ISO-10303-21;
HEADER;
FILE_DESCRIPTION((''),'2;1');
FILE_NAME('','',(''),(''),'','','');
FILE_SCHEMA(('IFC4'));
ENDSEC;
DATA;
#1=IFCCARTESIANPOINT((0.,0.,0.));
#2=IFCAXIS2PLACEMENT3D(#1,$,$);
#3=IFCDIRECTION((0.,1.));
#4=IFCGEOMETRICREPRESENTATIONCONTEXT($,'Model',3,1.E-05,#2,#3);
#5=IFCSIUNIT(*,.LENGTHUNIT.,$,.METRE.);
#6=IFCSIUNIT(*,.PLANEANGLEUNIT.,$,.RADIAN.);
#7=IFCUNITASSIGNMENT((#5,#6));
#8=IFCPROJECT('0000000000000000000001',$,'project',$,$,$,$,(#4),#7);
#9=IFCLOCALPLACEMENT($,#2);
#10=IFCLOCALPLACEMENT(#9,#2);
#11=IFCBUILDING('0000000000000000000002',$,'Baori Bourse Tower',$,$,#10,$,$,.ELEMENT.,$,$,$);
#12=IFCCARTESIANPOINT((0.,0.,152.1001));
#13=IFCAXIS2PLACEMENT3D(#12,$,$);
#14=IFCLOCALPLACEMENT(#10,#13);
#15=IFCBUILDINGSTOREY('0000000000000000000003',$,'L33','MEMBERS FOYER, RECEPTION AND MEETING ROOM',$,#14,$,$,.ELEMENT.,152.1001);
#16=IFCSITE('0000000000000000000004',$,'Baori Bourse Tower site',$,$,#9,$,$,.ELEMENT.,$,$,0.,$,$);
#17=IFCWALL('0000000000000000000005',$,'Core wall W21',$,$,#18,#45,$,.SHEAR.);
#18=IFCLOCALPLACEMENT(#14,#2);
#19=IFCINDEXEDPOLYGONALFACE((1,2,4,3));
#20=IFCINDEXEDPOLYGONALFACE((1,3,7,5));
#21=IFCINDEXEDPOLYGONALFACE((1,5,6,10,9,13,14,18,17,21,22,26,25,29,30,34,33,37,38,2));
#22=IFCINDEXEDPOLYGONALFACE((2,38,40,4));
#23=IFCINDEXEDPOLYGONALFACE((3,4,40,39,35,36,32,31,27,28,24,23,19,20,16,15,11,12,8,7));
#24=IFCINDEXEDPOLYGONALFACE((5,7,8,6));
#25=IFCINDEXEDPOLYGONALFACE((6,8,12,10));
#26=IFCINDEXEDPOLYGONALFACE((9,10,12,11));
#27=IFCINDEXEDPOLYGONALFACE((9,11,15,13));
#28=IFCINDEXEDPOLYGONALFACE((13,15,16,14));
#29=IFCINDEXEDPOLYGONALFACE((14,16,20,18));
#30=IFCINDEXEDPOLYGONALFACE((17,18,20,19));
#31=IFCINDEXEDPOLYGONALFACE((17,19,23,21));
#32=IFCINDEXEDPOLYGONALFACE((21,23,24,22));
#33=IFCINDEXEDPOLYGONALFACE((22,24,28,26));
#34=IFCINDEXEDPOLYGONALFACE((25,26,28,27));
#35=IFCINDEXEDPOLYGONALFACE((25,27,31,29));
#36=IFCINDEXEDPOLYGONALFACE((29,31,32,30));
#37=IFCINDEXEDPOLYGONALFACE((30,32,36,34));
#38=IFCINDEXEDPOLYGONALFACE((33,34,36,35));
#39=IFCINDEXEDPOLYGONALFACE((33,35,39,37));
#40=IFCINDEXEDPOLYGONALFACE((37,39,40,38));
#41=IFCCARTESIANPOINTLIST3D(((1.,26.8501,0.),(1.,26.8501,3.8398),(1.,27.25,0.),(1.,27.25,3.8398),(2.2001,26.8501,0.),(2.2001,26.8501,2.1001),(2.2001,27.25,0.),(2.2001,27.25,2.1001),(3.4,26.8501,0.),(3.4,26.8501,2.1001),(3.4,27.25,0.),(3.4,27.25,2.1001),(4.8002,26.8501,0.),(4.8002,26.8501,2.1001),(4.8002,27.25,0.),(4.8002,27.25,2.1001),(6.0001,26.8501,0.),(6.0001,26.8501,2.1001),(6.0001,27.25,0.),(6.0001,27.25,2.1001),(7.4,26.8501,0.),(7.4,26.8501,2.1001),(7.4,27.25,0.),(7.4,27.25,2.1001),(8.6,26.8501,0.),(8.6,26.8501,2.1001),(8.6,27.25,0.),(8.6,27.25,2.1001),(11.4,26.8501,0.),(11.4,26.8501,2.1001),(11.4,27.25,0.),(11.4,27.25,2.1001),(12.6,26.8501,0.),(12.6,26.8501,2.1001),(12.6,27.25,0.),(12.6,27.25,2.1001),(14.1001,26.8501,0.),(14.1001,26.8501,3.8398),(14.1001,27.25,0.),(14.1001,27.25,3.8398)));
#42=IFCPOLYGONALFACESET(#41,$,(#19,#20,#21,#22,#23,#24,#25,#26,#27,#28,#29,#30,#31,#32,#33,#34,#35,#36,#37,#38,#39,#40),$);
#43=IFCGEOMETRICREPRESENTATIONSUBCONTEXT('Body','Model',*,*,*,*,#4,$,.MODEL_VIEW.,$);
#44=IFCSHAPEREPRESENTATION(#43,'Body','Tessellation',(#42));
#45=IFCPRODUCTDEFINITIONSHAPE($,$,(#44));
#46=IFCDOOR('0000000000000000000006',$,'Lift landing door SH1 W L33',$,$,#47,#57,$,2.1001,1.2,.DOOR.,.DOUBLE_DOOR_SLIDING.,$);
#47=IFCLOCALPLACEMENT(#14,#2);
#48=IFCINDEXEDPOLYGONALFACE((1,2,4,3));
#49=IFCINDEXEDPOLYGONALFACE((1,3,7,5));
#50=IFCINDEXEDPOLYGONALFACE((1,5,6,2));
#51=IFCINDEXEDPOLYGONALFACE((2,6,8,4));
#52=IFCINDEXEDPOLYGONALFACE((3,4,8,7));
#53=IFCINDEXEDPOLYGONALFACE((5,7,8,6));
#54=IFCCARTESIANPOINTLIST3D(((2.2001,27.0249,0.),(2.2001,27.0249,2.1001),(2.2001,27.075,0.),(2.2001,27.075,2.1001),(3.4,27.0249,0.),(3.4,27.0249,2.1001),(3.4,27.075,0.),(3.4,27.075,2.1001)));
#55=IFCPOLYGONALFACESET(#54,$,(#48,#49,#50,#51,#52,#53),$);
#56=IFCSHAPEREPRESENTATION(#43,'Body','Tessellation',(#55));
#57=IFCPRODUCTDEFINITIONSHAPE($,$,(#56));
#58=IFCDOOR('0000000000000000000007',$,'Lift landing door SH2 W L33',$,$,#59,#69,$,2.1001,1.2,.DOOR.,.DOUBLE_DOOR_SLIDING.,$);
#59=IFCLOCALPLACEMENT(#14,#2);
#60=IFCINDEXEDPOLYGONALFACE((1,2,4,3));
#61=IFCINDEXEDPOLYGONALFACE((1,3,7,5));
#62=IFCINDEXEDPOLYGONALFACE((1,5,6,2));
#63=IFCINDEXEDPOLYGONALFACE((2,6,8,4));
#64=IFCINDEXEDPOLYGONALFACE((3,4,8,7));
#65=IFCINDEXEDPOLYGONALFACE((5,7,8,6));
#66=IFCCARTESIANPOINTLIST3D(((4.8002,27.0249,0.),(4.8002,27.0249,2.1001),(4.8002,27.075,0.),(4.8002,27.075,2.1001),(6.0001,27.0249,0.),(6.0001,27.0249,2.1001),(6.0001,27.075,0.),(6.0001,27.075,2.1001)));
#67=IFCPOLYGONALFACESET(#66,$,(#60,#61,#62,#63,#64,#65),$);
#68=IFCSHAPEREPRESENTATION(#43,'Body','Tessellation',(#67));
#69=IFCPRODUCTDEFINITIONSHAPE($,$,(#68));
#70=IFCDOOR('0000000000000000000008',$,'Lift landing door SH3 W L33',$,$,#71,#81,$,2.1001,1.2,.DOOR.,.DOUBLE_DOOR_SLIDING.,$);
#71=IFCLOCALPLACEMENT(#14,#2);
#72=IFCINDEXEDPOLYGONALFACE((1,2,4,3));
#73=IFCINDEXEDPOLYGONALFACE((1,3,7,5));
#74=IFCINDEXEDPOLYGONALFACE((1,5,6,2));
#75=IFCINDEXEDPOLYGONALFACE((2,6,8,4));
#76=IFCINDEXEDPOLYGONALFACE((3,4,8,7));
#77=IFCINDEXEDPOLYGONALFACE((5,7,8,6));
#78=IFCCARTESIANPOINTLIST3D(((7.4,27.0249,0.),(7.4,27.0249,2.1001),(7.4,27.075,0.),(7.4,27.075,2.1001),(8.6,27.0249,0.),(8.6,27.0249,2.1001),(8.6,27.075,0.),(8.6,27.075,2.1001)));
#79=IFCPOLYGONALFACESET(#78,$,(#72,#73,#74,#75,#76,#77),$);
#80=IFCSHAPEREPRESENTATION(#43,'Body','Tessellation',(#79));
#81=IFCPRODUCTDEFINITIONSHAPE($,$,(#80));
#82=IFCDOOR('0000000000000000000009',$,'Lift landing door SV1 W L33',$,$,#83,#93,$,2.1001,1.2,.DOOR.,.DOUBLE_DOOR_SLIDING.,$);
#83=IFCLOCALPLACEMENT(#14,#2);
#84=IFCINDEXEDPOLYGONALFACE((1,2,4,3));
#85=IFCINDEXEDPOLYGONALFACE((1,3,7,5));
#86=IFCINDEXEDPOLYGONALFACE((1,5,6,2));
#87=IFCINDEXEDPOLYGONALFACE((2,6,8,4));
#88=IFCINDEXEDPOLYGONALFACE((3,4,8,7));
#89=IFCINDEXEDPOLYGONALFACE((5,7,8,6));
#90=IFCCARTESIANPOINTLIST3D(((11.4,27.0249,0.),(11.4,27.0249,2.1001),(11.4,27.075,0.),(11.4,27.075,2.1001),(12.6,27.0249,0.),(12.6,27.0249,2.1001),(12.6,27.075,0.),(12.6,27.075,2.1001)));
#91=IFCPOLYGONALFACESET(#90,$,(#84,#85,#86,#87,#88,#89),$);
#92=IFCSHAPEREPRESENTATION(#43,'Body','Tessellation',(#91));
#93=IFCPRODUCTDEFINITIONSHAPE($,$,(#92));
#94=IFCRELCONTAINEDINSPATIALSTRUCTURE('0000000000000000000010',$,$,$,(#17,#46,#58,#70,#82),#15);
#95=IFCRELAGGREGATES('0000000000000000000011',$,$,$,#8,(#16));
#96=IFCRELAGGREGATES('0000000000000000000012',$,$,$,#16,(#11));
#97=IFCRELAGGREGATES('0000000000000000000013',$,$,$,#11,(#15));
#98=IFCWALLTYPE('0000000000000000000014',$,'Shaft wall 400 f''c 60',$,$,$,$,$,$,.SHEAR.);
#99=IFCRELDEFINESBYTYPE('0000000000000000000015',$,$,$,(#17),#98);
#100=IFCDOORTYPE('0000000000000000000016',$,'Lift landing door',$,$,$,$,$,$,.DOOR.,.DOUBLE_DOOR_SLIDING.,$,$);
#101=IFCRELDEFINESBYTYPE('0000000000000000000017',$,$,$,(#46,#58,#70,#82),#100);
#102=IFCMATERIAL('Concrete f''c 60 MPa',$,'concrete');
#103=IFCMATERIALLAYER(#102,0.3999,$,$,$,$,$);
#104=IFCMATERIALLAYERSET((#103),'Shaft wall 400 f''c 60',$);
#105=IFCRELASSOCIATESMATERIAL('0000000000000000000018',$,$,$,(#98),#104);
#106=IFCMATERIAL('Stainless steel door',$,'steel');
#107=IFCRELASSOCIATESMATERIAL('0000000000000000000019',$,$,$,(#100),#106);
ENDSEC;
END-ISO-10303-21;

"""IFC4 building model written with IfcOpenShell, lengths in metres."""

from ifc_helpers import new_model, si_unit, direction, frame, frame_2d, origin, place, context, subcontext, project, spatial, rectangle, extrude, material, layer, layer_set, type_object, element, fill, save


model = new_model("IFC4")

# Units and contexts
model_context = context("Model", 3, precision=1e-05, world=origin(), true_north=direction((0.0, 1.0)))
body_context = subcontext(model_context, "Body", "Model", "MODEL_VIEW")
ifc_project = project(units=[si_unit("LENGTHUNIT", "METRE"), si_unit("PLANEANGLEUNIT", "RADIAN")], contexts=[model_context])

# Site, building, storey
site_placement = place(None, origin())
site = spatial("IfcSite", under=ifc_project, at=site_placement, Name="Baori Bourse Tower site", CompositionType="ELEMENT", RefElevation=0.0)
building_placement = place(site_placement, origin())
building = spatial("IfcBuilding", under=site, at=building_placement, Name="Baori Bourse Tower", CompositionType="ELEMENT")
storey_placement = place(building_placement, frame((0.0, 0.0, 152.1001)))
storey = spatial("IfcBuildingStorey", under=building, at=storey_placement, Name="L33", Description="MEMBERS FOYER, RECEPTION AND MEETING ROOM", CompositionType="ELEMENT", Elevation=152.1001)

# Wall, openings, doors
ifc_material_1 = material(Name="Concrete f'c 60 MPa", Category="concrete")
ifc_layer_1 = layer(ifc_material_1, 0.3999)
ifc_layer_set_1 = layer_set([ifc_layer_1], Name="Shaft wall 400 f'c 60")
wall_type_1 = type_object("IfcWallType", Name="Shaft wall 400 f'c 60", PredefinedType="SHEAR", material=ifc_layer_set_1)
wall_1_placement = place(storey_placement, frame((1.0, 27.05, 0.0), z_axis=(0.0, 0.0, 1.0), x_axis=(1.0, 0.0, 0.0)))
wall_1 = element("IfcWall", 1, at=wall_1_placement, inside=storey, type_object=wall_type_1, Name="Core wall W21", PredefinedType="SHEAR", context=body_context, shape_type="SweptSolid", body=[
    extrude(rectangle(XDim=13.1001, YDim=0.3999, at=frame_2d((6.55, 0.0))), origin(), (0.0, 0.0, 1.0), 3.8398),
])
opening_1_placement = place(wall_1_placement, frame((1.2, 0.0, 0.0)))
opening_1 = element("IfcOpeningElement", 2, at=opening_1_placement, cuts=wall_1, PredefinedType="OPENING", context=body_context, shape_type="SweptSolid", body=[
    extrude(rectangle(XDim=1.2, YDim=2.1001, at=frame_2d((0.6001, 1.05))), frame((0.0, 0.21, 0.0), z_axis=(0.0, -1.0, 0.0), x_axis=(1.0, 0.0, 0.0)), (0.0, 0.0, 1.0), 0.4199),
])
opening_2_placement = place(wall_1_placement, frame((3.8, 0.0, 0.0)))
opening_2 = element("IfcOpeningElement", 3, at=opening_2_placement, cuts=wall_1, PredefinedType="OPENING", context=body_context, shape_type="SweptSolid", body=[
    extrude(rectangle(XDim=1.2, YDim=2.1001, at=frame_2d((0.6001, 1.05))), frame((0.0, 0.21, 0.0), z_axis=(0.0, -1.0, 0.0), x_axis=(1.0, 0.0, 0.0)), (0.0, 0.0, 1.0), 0.4199),
])
opening_3_placement = place(wall_1_placement, frame((6.3999, 0.0, 0.0)))
opening_3 = element("IfcOpeningElement", 4, at=opening_3_placement, cuts=wall_1, PredefinedType="OPENING", context=body_context, shape_type="SweptSolid", body=[
    extrude(rectangle(XDim=1.2, YDim=2.1001, at=frame_2d((0.6001, 1.05))), frame((0.0, 0.21, 0.0), z_axis=(0.0, -1.0, 0.0), x_axis=(1.0, 0.0, 0.0)), (0.0, 0.0, 1.0), 0.4199),
])
opening_4_placement = place(wall_1_placement, frame((10.3999, 0.0, 0.0)))
opening_4 = element("IfcOpeningElement", 5, at=opening_4_placement, cuts=wall_1, PredefinedType="OPENING", context=body_context, shape_type="SweptSolid", body=[
    extrude(rectangle(XDim=1.2, YDim=2.1001, at=frame_2d((0.6001, 1.05))), frame((0.0, 0.21, 0.0), z_axis=(0.0, -1.0, 0.0), x_axis=(1.0, 0.0, 0.0)), (0.0, 0.0, 1.0), 0.4199),
])
ifc_material_2 = material(Name="Stainless steel door", Category="steel")
door_type_1 = type_object("IfcDoorType", Name="Lift landing door", OperationType="DOUBLE_DOOR_SLIDING", PredefinedType="DOOR", material=ifc_material_2)
door_1_placement = place(opening_1_placement, origin())
door_1 = element("IfcDoor", 6, at=door_1_placement, inside=storey, type_object=door_type_1, Name="Lift landing door SH1 W L33", OperationType="DOUBLE_DOOR_SLIDING", OverallHeight=2.1001, OverallWidth=1.2, PredefinedType="DOOR", context=body_context, shape_type="SweptSolid", body=[
    extrude(rectangle(XDim=1.2, YDim=2.1001, at=frame_2d((0.6001, 1.05))), frame((0.0, 0.0249, 0.0), z_axis=(0.0, -1.0, 0.0), x_axis=(1.0, 0.0, 0.0)), (0.0, 0.0, 1.0), 0.05),
])
fill(opening_1, door_1)
door_2_placement = place(opening_2_placement, origin())
door_2 = element("IfcDoor", 7, at=door_2_placement, inside=storey, type_object=door_type_1, Name="Lift landing door SH2 W L33", OperationType="DOUBLE_DOOR_SLIDING", OverallHeight=2.1001, OverallWidth=1.2, PredefinedType="DOOR", context=body_context, shape_type="SweptSolid", body=[
    extrude(rectangle(XDim=1.2, YDim=2.1001, at=frame_2d((0.6001, 1.05))), frame((0.0, 0.0249, 0.0), z_axis=(0.0, -1.0, 0.0), x_axis=(1.0, 0.0, 0.0)), (0.0, 0.0, 1.0), 0.05),
])
fill(opening_2, door_2)
door_3_placement = place(opening_3_placement, origin())
door_3 = element("IfcDoor", 8, at=door_3_placement, inside=storey, type_object=door_type_1, Name="Lift landing door SH3 W L33", OperationType="DOUBLE_DOOR_SLIDING", OverallHeight=2.1001, OverallWidth=1.2, PredefinedType="DOOR", context=body_context, shape_type="SweptSolid", body=[
    extrude(rectangle(XDim=1.2, YDim=2.1001, at=frame_2d((0.6001, 1.05))), frame((0.0, 0.0249, 0.0), z_axis=(0.0, -1.0, 0.0), x_axis=(1.0, 0.0, 0.0)), (0.0, 0.0, 1.0), 0.05),
])
fill(opening_3, door_3)
door_4_placement = place(opening_4_placement, origin())
door_4 = element("IfcDoor", 9, at=door_4_placement, inside=storey, type_object=door_type_1, Name="Lift landing door SV1 W L33", OperationType="DOUBLE_DOOR_SLIDING", OverallHeight=2.1001, OverallWidth=1.2, PredefinedType="DOOR", context=body_context, shape_type="SweptSolid", body=[
    extrude(rectangle(XDim=1.2, YDim=2.1001, at=frame_2d((0.6001, 1.05))), frame((0.0, 0.0249, 0.0), z_axis=(0.0, -1.0, 0.0), x_axis=(1.0, 0.0, 0.0)), (0.0, 0.0, 1.0), 0.05),
])
fill(opening_4, door_4)

save(model, "model.ifc")
